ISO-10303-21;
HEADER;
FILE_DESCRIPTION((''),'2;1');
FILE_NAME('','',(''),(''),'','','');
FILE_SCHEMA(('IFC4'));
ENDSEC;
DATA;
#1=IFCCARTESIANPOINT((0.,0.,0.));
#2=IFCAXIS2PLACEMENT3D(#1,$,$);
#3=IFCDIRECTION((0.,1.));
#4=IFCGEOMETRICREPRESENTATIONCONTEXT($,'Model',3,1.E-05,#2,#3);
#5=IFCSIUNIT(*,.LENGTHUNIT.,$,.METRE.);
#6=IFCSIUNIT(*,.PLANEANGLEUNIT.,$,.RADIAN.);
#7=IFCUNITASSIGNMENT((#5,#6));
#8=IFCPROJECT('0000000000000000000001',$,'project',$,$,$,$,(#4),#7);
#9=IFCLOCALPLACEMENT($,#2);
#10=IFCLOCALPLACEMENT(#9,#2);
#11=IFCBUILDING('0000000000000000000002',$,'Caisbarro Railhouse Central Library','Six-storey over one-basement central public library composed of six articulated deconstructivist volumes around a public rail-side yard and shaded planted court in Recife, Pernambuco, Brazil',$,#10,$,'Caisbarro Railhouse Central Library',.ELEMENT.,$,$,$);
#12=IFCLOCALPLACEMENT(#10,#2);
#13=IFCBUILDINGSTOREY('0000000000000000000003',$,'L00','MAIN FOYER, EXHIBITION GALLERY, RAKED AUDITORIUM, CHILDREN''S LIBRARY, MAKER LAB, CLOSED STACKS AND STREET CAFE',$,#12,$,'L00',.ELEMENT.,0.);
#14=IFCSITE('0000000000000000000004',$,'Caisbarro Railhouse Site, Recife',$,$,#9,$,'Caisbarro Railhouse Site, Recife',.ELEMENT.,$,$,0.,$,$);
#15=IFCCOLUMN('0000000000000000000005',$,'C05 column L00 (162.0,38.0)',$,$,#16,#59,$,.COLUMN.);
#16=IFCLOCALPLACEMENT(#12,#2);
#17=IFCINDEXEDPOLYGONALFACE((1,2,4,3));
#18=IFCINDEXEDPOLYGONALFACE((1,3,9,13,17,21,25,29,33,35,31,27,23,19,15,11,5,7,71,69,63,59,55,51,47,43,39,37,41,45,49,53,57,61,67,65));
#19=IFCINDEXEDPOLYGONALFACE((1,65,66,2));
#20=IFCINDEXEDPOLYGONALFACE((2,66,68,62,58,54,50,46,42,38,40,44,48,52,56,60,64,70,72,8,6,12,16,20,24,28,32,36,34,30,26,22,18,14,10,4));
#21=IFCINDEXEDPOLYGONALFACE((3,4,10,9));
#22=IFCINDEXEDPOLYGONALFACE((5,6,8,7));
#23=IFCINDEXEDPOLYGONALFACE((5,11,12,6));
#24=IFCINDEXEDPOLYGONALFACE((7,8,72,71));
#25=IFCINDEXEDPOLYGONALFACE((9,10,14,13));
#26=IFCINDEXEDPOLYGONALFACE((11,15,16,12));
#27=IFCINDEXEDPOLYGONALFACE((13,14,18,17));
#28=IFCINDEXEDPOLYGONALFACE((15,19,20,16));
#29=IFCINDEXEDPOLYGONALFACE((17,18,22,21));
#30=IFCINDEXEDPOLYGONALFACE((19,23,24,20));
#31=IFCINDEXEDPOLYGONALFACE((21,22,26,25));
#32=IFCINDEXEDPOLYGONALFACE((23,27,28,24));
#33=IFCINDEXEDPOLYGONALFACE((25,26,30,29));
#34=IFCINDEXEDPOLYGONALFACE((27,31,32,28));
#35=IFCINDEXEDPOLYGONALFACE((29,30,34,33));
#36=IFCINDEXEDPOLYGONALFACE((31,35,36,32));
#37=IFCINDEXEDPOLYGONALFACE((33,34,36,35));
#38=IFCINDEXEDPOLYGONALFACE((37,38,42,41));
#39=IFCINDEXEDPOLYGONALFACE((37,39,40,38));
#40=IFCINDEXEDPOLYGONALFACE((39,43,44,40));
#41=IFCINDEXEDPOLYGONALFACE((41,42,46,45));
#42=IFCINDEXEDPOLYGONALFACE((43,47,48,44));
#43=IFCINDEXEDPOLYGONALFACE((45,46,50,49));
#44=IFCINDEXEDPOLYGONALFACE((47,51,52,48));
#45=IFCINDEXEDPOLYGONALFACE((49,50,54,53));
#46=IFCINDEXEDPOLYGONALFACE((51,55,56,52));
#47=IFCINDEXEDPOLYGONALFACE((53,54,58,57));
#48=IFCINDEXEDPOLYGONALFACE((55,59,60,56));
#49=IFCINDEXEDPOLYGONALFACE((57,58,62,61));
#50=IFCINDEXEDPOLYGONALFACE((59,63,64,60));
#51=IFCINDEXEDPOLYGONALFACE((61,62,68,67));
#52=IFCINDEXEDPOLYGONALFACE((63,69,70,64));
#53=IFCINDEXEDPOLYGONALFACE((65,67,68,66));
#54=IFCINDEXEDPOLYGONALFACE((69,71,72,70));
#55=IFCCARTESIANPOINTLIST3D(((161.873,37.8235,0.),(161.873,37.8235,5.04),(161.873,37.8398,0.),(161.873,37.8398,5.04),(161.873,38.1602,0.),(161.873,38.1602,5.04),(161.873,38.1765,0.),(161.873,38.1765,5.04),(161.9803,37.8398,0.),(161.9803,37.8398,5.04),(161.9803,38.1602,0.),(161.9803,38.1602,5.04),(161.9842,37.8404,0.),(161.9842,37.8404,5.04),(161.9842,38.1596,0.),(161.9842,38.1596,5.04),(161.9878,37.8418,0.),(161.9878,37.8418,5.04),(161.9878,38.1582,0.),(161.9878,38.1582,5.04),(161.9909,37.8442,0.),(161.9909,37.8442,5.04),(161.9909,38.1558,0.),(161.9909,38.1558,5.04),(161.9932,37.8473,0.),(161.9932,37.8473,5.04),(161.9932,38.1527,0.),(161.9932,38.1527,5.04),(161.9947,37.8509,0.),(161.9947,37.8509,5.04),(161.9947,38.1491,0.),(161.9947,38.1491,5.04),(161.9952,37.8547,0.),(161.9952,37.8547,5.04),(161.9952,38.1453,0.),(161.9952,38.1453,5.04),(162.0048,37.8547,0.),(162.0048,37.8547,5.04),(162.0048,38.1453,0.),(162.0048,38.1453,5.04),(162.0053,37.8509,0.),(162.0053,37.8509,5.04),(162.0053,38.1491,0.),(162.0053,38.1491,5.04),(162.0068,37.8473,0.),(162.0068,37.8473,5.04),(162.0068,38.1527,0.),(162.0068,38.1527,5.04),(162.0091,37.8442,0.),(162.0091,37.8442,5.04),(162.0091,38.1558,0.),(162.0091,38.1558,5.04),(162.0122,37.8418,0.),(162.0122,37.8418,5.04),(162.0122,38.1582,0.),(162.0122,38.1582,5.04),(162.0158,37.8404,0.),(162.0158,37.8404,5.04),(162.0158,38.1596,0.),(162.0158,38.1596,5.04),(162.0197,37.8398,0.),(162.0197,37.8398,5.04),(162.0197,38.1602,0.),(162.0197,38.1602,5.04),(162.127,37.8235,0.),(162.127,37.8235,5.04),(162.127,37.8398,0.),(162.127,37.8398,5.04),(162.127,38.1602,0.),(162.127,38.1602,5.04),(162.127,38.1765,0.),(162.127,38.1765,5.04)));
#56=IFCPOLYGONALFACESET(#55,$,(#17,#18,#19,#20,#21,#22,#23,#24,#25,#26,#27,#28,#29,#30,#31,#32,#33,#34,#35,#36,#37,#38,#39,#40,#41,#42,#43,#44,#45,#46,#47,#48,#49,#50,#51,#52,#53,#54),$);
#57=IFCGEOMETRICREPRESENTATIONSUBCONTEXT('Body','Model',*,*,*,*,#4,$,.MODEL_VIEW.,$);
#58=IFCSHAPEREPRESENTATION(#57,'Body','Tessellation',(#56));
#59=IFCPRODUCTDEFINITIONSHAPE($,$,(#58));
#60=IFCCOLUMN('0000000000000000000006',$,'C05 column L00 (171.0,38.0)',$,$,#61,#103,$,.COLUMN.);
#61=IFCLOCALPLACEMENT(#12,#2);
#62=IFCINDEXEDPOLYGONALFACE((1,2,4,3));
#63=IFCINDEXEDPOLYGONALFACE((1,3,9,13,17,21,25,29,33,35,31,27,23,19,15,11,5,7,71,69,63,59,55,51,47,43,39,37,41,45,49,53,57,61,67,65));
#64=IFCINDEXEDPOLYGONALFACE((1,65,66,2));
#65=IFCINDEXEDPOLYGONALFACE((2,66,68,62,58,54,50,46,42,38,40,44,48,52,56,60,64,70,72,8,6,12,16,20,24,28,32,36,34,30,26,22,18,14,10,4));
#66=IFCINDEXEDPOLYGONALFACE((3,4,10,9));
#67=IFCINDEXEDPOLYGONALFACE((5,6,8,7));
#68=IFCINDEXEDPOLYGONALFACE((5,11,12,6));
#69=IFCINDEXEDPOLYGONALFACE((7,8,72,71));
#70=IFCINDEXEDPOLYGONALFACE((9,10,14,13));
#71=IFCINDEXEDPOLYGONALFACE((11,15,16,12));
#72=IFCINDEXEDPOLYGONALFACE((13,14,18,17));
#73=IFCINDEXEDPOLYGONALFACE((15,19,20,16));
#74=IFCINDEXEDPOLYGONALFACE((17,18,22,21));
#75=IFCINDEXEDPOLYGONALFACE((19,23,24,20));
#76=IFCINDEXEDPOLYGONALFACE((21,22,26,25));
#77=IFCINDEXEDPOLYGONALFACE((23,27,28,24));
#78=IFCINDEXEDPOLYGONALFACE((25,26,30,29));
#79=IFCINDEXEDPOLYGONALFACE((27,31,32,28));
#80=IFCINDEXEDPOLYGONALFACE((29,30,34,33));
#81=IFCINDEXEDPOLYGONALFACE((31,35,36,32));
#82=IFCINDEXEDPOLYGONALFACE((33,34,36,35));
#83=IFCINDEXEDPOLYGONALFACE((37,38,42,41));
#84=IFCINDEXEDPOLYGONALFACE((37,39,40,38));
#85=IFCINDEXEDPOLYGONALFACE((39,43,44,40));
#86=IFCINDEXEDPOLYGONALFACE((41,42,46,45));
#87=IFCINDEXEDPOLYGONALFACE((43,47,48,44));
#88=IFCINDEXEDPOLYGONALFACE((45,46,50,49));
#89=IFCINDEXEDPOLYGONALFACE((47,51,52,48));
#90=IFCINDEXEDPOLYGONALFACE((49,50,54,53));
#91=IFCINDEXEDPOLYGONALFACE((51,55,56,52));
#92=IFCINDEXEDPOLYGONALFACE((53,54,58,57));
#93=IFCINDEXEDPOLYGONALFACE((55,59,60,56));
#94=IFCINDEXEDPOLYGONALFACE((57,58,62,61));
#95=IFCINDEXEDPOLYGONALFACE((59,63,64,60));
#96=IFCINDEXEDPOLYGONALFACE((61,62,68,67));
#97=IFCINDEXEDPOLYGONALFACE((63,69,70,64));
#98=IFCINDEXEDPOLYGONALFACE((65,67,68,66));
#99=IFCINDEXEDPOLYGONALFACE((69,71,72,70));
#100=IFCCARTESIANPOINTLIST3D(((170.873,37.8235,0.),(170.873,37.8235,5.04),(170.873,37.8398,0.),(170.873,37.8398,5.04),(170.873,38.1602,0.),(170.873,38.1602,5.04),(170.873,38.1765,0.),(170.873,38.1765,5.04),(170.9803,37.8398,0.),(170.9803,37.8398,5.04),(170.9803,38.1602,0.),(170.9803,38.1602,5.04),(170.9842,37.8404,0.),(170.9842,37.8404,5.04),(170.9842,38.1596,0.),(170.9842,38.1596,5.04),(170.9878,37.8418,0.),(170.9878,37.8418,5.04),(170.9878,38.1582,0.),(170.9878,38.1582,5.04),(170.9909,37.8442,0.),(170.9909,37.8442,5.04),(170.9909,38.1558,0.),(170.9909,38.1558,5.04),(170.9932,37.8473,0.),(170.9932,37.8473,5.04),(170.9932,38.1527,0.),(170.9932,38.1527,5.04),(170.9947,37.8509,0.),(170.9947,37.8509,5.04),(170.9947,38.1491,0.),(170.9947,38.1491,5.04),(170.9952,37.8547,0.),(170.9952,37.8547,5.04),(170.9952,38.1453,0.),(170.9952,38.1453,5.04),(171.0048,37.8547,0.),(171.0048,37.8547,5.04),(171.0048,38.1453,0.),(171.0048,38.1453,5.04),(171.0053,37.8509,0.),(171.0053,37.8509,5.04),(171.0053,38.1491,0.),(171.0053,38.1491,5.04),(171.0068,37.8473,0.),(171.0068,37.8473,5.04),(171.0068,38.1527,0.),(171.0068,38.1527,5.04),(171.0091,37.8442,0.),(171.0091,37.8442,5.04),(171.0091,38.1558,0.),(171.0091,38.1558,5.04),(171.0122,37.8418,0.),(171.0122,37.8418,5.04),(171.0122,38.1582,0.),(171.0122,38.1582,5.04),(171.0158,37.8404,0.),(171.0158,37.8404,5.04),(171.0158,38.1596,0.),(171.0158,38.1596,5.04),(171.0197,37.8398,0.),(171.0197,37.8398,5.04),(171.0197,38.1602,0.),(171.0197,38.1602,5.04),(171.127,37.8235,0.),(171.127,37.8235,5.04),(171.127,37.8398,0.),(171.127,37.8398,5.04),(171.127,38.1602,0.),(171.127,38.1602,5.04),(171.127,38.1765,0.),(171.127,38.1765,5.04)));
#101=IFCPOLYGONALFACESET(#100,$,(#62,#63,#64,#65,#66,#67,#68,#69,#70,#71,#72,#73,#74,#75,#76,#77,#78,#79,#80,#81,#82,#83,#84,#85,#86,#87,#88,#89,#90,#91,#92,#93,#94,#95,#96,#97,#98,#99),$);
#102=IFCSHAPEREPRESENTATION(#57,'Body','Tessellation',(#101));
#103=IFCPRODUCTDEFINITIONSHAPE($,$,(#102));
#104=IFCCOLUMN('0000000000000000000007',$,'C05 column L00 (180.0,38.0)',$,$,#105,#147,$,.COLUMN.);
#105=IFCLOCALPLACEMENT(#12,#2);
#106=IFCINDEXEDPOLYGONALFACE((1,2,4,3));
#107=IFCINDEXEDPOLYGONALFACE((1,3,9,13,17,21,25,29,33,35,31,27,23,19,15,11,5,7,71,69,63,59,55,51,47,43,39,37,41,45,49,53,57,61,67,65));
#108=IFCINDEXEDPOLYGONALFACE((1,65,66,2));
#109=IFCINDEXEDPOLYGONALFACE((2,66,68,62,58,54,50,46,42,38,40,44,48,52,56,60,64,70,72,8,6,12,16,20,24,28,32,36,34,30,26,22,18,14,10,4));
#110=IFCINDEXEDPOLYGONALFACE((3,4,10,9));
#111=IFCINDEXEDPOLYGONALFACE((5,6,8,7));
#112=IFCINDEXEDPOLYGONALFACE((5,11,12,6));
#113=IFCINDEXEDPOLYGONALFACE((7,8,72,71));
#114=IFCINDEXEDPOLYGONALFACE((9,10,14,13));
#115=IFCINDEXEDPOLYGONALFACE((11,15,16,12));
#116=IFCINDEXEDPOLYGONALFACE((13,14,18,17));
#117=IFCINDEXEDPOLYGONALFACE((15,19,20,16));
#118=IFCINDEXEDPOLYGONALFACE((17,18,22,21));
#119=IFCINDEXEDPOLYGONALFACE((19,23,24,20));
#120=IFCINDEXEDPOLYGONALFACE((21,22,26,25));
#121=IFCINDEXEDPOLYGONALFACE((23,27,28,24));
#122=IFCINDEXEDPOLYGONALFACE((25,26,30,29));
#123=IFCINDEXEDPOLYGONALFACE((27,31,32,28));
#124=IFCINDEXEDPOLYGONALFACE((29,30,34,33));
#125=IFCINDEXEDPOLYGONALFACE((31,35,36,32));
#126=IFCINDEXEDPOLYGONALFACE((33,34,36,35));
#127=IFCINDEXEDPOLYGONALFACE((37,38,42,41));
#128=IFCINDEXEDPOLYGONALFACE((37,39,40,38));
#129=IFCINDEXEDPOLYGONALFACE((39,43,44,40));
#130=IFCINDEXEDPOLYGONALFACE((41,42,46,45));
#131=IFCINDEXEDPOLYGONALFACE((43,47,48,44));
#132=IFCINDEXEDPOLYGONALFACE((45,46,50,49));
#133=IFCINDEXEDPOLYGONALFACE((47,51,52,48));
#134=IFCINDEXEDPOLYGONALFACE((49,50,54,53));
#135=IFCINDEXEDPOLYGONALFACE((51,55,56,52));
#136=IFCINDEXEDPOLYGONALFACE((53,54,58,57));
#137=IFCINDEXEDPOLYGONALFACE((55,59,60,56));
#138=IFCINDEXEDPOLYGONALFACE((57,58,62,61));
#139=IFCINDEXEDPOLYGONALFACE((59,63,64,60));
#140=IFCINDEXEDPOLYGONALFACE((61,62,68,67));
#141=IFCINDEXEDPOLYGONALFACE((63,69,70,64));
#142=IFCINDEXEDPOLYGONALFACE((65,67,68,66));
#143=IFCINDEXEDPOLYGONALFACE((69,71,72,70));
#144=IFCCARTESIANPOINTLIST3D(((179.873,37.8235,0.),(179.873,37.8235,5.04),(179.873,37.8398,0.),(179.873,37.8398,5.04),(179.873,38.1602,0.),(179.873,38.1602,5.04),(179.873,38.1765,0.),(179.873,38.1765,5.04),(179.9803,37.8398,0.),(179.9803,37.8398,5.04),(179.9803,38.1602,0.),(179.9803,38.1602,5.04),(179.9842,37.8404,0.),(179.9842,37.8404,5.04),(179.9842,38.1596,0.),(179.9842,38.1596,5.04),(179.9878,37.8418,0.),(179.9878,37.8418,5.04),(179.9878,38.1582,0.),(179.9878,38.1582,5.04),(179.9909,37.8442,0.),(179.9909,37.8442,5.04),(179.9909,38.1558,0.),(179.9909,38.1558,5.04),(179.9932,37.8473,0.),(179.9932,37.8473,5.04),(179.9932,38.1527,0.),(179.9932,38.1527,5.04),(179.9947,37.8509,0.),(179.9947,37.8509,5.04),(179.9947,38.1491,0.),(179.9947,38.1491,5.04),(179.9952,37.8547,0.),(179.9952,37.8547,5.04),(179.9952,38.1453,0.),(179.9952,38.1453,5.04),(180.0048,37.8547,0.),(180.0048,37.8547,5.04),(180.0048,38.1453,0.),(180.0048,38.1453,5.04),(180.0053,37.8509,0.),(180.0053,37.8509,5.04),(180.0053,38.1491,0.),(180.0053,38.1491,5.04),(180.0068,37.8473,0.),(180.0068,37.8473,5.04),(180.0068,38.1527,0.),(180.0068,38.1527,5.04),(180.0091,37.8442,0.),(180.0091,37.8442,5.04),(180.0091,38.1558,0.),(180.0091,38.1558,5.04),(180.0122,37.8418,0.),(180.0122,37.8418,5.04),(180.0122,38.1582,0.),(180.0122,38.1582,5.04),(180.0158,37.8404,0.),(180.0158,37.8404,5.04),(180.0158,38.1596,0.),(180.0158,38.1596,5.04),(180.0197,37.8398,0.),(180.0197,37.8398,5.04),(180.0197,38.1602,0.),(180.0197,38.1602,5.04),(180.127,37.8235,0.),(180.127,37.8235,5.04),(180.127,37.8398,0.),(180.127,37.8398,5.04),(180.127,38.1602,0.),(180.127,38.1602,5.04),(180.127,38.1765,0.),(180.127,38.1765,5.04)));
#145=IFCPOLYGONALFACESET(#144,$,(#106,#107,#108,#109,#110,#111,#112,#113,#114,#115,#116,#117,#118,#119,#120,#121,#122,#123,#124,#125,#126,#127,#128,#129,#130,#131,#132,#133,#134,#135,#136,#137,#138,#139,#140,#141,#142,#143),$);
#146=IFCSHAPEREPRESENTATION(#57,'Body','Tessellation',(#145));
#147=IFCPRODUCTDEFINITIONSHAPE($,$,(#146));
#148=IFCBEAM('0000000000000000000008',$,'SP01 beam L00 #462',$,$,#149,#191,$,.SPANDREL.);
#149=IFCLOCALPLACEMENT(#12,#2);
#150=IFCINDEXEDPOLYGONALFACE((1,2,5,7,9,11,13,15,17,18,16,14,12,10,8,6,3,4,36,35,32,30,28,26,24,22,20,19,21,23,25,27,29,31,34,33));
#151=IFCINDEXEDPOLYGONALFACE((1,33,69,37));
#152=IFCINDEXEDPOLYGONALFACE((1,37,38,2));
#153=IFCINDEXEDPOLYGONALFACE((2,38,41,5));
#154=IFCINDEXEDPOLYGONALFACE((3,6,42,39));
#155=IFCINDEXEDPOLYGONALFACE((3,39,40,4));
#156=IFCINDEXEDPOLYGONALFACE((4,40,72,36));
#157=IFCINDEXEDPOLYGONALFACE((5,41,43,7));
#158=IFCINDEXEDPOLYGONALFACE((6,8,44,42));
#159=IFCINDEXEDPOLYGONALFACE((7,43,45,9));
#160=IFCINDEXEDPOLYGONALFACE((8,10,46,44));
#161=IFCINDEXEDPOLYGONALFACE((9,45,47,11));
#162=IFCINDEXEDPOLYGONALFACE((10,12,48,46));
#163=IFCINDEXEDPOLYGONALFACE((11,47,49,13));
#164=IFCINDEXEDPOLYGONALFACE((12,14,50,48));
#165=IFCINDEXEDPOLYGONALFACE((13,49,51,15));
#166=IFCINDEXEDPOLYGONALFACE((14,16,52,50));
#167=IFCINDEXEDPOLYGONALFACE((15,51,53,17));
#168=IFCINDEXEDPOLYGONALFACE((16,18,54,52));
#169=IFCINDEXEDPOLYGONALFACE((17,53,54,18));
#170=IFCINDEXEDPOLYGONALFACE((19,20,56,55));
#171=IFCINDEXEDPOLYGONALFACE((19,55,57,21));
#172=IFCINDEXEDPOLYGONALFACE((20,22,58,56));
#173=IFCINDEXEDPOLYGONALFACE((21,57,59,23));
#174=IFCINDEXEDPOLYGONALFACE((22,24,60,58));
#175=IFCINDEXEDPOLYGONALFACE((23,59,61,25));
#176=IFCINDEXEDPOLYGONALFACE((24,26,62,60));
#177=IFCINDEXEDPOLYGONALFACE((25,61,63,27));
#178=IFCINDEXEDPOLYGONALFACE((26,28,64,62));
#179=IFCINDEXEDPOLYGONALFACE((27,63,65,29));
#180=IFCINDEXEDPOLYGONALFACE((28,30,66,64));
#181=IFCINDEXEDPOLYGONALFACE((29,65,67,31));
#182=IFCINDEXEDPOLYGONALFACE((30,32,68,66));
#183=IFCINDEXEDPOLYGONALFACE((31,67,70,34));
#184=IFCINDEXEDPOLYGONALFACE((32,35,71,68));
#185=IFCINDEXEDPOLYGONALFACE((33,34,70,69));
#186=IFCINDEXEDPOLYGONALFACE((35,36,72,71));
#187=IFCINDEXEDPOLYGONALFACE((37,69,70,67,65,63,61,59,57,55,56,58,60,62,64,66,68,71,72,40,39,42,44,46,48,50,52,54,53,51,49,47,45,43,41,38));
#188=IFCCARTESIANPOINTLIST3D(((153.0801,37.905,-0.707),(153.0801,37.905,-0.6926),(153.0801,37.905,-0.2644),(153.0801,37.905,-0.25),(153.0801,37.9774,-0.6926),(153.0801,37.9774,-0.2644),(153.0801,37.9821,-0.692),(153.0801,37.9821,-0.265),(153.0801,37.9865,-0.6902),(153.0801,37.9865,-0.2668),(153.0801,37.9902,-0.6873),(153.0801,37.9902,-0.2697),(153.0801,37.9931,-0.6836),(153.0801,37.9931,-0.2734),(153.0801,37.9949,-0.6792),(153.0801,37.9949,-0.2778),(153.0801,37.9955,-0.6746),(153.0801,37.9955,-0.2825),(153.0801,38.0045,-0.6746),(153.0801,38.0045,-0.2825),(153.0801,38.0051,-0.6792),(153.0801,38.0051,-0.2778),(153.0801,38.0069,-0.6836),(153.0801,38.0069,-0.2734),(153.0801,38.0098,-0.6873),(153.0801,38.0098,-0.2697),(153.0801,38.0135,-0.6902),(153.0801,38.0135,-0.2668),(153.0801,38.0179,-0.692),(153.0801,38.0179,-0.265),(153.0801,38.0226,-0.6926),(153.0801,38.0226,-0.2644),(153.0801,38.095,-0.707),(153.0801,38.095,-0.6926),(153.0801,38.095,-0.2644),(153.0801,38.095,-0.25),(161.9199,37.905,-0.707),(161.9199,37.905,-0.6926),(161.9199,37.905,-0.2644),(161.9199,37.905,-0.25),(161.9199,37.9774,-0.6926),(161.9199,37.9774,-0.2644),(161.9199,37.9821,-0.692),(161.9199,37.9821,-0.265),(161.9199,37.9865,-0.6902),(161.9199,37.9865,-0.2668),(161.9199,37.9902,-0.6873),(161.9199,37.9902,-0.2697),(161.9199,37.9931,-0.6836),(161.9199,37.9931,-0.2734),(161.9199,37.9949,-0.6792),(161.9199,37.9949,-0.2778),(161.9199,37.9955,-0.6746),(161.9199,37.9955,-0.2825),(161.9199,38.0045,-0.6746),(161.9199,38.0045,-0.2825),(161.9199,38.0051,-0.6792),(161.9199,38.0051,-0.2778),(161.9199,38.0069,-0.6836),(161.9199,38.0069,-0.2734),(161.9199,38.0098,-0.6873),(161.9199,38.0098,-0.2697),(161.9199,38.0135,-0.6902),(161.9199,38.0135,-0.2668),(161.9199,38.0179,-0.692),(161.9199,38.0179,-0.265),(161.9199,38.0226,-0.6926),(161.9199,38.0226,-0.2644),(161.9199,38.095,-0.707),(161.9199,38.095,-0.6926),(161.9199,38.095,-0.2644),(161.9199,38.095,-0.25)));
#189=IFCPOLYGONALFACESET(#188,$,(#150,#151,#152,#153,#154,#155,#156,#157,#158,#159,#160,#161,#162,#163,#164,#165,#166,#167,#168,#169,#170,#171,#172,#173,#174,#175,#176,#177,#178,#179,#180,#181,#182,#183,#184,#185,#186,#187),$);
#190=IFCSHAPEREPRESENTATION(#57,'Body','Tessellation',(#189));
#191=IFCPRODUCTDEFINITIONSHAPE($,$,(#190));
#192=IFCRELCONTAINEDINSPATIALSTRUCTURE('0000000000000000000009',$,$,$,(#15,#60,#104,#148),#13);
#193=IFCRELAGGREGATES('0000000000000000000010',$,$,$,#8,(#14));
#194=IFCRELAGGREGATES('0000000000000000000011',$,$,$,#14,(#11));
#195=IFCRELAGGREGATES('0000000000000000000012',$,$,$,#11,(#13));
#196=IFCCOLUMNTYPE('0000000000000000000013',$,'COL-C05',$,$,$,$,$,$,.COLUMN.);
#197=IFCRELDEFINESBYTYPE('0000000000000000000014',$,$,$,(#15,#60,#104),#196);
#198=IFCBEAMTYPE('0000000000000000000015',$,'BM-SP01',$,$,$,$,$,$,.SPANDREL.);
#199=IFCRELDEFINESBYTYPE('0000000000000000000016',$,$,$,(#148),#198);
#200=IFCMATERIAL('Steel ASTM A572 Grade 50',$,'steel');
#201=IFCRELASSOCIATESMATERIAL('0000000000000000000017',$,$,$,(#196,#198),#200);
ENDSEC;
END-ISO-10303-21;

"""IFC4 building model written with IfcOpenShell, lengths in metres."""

from ifc_helpers import new_model, si_unit, direction, frame, origin, origin_2d, place, context, subcontext, project, spatial, i_section, extrude, material, material_profile, profile_set, type_object, element, save


model = new_model("IFC4")

# Units and contexts
model_context = context("Model", 3, precision=1e-05, world=origin(), true_north=direction((0.0, 1.0)))
body_context = subcontext(model_context, "Body", "Model", "MODEL_VIEW")
ifc_project = project(units=[si_unit("LENGTHUNIT", "METRE"), si_unit("PLANEANGLEUNIT", "RADIAN")], contexts=[model_context])

# Site, building, storey
site_placement = place(None, origin())
site = spatial("IfcSite", under=ifc_project, at=site_placement, Name="Caisbarro Railhouse Site, Recife", LongName="Caisbarro Railhouse Site, Recife", CompositionType="ELEMENT", RefElevation=0.0)
building_placement = place(site_placement, origin())
building = spatial("IfcBuilding", under=site, at=building_placement, Name="Caisbarro Railhouse Central Library", Description="Six-storey over one-basement central public library composed of six articulated deconstructivist volumes around a public rail-side yard and shaded planted court in Recife, Pernambuco, Brazil", LongName="Caisbarro Railhouse Central Library", CompositionType="ELEMENT")
storey_placement = place(building_placement, origin())
storey = spatial("IfcBuildingStorey", under=building, at=storey_placement, Name="L00", Description="MAIN FOYER, EXHIBITION GALLERY, RAKED AUDITORIUM, CHILDREN'S LIBRARY, MAKER LAB, CLOSED STACKS AND STREET CAFE", LongName="L00", CompositionType="ELEMENT", Elevation=0.0)

# Columns
ifc_material_1 = material(Name="Steel ASTM A572 Grade 50", Category="steel")
ifc_material_profile_1 = material_profile(ifc_material_1, i_section(OverallWidth=0.2539, OverallDepth=0.353, WebThickness=0.0095, FlangeThickness=0.0164, FilletRadius=0.0149, at=origin_2d()), Name="W360X91.0")
ifc_profile_set_1 = profile_set([ifc_material_profile_1], Name="Steel ASTM A572 Grade 50")
column_type = type_object("IfcColumnType", Name="COL-C05", PredefinedType="COLUMN", material=ifc_profile_set_1)
for number, where, z_axis, x_axis, name in (
    (1, (162.0, 38.0, 0.0), (0.0, 0.0, 1.0), (1.0, 0.0, 0.0), "C05 column L00 (162.0,38.0)"),
    (2, (171.0, 38.0, 0.0), (0.0, 0.0, 1.0), (1.0, 0.0, 0.0), "C05 column L00 (171.0,38.0)"),
    (3, (180.0, 38.0, 0.0), (0.0, 0.0, 1.0), (1.0, 0.0, 0.0), "C05 column L00 (180.0,38.0)"),
):
    element("IfcColumn", number, at=place(storey_placement, frame(where, z_axis=z_axis, x_axis=x_axis)), inside=storey, type_object=column_type, Name=name, PredefinedType="COLUMN", context=body_context, shape_type="SweptSolid", body=[
        extrude(i_section(OverallWidth=0.2539, OverallDepth=0.353, WebThickness=0.0095, FlangeThickness=0.0164, FilletRadius=0.0149, at=origin_2d()), origin(), (0.0, 0.0, 1.0), 5.04),
    ])

# Beam
ifc_material_profile_2 = material_profile(ifc_material_1, i_section(OverallWidth=0.1899, OverallDepth=0.457, WebThickness=0.009, FlangeThickness=0.0144, FilletRadius=0.0181, at=origin_2d()), Name="W460X74.0")
ifc_profile_set_2 = profile_set([ifc_material_profile_2], Name="Steel ASTM A572 Grade 50")
beam_type = type_object("IfcBeamType", Name="BM-SP01", PredefinedType="SPANDREL", material=ifc_profile_set_2)
for number, where, z_axis, x_axis, name in (
    (4, (153.0801, 38.0, -0.4785), (1.0, 0.0, 0.0), (0.0, 1.0, 0.0), "SP01 beam L00 #462"),
):
    element("IfcBeam", number, at=place(storey_placement, frame(where, z_axis=z_axis, x_axis=x_axis)), inside=storey, type_object=beam_type, Name=name, PredefinedType="SPANDREL", context=body_context, shape_type="SweptSolid", body=[
        extrude(i_section(OverallWidth=0.1899, OverallDepth=0.457, WebThickness=0.009, FlangeThickness=0.0144, FilletRadius=0.0181, at=origin_2d()), origin(), (0.0, 0.0, 1.0), 8.8398),
    ])

save(model, "model.ifc")
